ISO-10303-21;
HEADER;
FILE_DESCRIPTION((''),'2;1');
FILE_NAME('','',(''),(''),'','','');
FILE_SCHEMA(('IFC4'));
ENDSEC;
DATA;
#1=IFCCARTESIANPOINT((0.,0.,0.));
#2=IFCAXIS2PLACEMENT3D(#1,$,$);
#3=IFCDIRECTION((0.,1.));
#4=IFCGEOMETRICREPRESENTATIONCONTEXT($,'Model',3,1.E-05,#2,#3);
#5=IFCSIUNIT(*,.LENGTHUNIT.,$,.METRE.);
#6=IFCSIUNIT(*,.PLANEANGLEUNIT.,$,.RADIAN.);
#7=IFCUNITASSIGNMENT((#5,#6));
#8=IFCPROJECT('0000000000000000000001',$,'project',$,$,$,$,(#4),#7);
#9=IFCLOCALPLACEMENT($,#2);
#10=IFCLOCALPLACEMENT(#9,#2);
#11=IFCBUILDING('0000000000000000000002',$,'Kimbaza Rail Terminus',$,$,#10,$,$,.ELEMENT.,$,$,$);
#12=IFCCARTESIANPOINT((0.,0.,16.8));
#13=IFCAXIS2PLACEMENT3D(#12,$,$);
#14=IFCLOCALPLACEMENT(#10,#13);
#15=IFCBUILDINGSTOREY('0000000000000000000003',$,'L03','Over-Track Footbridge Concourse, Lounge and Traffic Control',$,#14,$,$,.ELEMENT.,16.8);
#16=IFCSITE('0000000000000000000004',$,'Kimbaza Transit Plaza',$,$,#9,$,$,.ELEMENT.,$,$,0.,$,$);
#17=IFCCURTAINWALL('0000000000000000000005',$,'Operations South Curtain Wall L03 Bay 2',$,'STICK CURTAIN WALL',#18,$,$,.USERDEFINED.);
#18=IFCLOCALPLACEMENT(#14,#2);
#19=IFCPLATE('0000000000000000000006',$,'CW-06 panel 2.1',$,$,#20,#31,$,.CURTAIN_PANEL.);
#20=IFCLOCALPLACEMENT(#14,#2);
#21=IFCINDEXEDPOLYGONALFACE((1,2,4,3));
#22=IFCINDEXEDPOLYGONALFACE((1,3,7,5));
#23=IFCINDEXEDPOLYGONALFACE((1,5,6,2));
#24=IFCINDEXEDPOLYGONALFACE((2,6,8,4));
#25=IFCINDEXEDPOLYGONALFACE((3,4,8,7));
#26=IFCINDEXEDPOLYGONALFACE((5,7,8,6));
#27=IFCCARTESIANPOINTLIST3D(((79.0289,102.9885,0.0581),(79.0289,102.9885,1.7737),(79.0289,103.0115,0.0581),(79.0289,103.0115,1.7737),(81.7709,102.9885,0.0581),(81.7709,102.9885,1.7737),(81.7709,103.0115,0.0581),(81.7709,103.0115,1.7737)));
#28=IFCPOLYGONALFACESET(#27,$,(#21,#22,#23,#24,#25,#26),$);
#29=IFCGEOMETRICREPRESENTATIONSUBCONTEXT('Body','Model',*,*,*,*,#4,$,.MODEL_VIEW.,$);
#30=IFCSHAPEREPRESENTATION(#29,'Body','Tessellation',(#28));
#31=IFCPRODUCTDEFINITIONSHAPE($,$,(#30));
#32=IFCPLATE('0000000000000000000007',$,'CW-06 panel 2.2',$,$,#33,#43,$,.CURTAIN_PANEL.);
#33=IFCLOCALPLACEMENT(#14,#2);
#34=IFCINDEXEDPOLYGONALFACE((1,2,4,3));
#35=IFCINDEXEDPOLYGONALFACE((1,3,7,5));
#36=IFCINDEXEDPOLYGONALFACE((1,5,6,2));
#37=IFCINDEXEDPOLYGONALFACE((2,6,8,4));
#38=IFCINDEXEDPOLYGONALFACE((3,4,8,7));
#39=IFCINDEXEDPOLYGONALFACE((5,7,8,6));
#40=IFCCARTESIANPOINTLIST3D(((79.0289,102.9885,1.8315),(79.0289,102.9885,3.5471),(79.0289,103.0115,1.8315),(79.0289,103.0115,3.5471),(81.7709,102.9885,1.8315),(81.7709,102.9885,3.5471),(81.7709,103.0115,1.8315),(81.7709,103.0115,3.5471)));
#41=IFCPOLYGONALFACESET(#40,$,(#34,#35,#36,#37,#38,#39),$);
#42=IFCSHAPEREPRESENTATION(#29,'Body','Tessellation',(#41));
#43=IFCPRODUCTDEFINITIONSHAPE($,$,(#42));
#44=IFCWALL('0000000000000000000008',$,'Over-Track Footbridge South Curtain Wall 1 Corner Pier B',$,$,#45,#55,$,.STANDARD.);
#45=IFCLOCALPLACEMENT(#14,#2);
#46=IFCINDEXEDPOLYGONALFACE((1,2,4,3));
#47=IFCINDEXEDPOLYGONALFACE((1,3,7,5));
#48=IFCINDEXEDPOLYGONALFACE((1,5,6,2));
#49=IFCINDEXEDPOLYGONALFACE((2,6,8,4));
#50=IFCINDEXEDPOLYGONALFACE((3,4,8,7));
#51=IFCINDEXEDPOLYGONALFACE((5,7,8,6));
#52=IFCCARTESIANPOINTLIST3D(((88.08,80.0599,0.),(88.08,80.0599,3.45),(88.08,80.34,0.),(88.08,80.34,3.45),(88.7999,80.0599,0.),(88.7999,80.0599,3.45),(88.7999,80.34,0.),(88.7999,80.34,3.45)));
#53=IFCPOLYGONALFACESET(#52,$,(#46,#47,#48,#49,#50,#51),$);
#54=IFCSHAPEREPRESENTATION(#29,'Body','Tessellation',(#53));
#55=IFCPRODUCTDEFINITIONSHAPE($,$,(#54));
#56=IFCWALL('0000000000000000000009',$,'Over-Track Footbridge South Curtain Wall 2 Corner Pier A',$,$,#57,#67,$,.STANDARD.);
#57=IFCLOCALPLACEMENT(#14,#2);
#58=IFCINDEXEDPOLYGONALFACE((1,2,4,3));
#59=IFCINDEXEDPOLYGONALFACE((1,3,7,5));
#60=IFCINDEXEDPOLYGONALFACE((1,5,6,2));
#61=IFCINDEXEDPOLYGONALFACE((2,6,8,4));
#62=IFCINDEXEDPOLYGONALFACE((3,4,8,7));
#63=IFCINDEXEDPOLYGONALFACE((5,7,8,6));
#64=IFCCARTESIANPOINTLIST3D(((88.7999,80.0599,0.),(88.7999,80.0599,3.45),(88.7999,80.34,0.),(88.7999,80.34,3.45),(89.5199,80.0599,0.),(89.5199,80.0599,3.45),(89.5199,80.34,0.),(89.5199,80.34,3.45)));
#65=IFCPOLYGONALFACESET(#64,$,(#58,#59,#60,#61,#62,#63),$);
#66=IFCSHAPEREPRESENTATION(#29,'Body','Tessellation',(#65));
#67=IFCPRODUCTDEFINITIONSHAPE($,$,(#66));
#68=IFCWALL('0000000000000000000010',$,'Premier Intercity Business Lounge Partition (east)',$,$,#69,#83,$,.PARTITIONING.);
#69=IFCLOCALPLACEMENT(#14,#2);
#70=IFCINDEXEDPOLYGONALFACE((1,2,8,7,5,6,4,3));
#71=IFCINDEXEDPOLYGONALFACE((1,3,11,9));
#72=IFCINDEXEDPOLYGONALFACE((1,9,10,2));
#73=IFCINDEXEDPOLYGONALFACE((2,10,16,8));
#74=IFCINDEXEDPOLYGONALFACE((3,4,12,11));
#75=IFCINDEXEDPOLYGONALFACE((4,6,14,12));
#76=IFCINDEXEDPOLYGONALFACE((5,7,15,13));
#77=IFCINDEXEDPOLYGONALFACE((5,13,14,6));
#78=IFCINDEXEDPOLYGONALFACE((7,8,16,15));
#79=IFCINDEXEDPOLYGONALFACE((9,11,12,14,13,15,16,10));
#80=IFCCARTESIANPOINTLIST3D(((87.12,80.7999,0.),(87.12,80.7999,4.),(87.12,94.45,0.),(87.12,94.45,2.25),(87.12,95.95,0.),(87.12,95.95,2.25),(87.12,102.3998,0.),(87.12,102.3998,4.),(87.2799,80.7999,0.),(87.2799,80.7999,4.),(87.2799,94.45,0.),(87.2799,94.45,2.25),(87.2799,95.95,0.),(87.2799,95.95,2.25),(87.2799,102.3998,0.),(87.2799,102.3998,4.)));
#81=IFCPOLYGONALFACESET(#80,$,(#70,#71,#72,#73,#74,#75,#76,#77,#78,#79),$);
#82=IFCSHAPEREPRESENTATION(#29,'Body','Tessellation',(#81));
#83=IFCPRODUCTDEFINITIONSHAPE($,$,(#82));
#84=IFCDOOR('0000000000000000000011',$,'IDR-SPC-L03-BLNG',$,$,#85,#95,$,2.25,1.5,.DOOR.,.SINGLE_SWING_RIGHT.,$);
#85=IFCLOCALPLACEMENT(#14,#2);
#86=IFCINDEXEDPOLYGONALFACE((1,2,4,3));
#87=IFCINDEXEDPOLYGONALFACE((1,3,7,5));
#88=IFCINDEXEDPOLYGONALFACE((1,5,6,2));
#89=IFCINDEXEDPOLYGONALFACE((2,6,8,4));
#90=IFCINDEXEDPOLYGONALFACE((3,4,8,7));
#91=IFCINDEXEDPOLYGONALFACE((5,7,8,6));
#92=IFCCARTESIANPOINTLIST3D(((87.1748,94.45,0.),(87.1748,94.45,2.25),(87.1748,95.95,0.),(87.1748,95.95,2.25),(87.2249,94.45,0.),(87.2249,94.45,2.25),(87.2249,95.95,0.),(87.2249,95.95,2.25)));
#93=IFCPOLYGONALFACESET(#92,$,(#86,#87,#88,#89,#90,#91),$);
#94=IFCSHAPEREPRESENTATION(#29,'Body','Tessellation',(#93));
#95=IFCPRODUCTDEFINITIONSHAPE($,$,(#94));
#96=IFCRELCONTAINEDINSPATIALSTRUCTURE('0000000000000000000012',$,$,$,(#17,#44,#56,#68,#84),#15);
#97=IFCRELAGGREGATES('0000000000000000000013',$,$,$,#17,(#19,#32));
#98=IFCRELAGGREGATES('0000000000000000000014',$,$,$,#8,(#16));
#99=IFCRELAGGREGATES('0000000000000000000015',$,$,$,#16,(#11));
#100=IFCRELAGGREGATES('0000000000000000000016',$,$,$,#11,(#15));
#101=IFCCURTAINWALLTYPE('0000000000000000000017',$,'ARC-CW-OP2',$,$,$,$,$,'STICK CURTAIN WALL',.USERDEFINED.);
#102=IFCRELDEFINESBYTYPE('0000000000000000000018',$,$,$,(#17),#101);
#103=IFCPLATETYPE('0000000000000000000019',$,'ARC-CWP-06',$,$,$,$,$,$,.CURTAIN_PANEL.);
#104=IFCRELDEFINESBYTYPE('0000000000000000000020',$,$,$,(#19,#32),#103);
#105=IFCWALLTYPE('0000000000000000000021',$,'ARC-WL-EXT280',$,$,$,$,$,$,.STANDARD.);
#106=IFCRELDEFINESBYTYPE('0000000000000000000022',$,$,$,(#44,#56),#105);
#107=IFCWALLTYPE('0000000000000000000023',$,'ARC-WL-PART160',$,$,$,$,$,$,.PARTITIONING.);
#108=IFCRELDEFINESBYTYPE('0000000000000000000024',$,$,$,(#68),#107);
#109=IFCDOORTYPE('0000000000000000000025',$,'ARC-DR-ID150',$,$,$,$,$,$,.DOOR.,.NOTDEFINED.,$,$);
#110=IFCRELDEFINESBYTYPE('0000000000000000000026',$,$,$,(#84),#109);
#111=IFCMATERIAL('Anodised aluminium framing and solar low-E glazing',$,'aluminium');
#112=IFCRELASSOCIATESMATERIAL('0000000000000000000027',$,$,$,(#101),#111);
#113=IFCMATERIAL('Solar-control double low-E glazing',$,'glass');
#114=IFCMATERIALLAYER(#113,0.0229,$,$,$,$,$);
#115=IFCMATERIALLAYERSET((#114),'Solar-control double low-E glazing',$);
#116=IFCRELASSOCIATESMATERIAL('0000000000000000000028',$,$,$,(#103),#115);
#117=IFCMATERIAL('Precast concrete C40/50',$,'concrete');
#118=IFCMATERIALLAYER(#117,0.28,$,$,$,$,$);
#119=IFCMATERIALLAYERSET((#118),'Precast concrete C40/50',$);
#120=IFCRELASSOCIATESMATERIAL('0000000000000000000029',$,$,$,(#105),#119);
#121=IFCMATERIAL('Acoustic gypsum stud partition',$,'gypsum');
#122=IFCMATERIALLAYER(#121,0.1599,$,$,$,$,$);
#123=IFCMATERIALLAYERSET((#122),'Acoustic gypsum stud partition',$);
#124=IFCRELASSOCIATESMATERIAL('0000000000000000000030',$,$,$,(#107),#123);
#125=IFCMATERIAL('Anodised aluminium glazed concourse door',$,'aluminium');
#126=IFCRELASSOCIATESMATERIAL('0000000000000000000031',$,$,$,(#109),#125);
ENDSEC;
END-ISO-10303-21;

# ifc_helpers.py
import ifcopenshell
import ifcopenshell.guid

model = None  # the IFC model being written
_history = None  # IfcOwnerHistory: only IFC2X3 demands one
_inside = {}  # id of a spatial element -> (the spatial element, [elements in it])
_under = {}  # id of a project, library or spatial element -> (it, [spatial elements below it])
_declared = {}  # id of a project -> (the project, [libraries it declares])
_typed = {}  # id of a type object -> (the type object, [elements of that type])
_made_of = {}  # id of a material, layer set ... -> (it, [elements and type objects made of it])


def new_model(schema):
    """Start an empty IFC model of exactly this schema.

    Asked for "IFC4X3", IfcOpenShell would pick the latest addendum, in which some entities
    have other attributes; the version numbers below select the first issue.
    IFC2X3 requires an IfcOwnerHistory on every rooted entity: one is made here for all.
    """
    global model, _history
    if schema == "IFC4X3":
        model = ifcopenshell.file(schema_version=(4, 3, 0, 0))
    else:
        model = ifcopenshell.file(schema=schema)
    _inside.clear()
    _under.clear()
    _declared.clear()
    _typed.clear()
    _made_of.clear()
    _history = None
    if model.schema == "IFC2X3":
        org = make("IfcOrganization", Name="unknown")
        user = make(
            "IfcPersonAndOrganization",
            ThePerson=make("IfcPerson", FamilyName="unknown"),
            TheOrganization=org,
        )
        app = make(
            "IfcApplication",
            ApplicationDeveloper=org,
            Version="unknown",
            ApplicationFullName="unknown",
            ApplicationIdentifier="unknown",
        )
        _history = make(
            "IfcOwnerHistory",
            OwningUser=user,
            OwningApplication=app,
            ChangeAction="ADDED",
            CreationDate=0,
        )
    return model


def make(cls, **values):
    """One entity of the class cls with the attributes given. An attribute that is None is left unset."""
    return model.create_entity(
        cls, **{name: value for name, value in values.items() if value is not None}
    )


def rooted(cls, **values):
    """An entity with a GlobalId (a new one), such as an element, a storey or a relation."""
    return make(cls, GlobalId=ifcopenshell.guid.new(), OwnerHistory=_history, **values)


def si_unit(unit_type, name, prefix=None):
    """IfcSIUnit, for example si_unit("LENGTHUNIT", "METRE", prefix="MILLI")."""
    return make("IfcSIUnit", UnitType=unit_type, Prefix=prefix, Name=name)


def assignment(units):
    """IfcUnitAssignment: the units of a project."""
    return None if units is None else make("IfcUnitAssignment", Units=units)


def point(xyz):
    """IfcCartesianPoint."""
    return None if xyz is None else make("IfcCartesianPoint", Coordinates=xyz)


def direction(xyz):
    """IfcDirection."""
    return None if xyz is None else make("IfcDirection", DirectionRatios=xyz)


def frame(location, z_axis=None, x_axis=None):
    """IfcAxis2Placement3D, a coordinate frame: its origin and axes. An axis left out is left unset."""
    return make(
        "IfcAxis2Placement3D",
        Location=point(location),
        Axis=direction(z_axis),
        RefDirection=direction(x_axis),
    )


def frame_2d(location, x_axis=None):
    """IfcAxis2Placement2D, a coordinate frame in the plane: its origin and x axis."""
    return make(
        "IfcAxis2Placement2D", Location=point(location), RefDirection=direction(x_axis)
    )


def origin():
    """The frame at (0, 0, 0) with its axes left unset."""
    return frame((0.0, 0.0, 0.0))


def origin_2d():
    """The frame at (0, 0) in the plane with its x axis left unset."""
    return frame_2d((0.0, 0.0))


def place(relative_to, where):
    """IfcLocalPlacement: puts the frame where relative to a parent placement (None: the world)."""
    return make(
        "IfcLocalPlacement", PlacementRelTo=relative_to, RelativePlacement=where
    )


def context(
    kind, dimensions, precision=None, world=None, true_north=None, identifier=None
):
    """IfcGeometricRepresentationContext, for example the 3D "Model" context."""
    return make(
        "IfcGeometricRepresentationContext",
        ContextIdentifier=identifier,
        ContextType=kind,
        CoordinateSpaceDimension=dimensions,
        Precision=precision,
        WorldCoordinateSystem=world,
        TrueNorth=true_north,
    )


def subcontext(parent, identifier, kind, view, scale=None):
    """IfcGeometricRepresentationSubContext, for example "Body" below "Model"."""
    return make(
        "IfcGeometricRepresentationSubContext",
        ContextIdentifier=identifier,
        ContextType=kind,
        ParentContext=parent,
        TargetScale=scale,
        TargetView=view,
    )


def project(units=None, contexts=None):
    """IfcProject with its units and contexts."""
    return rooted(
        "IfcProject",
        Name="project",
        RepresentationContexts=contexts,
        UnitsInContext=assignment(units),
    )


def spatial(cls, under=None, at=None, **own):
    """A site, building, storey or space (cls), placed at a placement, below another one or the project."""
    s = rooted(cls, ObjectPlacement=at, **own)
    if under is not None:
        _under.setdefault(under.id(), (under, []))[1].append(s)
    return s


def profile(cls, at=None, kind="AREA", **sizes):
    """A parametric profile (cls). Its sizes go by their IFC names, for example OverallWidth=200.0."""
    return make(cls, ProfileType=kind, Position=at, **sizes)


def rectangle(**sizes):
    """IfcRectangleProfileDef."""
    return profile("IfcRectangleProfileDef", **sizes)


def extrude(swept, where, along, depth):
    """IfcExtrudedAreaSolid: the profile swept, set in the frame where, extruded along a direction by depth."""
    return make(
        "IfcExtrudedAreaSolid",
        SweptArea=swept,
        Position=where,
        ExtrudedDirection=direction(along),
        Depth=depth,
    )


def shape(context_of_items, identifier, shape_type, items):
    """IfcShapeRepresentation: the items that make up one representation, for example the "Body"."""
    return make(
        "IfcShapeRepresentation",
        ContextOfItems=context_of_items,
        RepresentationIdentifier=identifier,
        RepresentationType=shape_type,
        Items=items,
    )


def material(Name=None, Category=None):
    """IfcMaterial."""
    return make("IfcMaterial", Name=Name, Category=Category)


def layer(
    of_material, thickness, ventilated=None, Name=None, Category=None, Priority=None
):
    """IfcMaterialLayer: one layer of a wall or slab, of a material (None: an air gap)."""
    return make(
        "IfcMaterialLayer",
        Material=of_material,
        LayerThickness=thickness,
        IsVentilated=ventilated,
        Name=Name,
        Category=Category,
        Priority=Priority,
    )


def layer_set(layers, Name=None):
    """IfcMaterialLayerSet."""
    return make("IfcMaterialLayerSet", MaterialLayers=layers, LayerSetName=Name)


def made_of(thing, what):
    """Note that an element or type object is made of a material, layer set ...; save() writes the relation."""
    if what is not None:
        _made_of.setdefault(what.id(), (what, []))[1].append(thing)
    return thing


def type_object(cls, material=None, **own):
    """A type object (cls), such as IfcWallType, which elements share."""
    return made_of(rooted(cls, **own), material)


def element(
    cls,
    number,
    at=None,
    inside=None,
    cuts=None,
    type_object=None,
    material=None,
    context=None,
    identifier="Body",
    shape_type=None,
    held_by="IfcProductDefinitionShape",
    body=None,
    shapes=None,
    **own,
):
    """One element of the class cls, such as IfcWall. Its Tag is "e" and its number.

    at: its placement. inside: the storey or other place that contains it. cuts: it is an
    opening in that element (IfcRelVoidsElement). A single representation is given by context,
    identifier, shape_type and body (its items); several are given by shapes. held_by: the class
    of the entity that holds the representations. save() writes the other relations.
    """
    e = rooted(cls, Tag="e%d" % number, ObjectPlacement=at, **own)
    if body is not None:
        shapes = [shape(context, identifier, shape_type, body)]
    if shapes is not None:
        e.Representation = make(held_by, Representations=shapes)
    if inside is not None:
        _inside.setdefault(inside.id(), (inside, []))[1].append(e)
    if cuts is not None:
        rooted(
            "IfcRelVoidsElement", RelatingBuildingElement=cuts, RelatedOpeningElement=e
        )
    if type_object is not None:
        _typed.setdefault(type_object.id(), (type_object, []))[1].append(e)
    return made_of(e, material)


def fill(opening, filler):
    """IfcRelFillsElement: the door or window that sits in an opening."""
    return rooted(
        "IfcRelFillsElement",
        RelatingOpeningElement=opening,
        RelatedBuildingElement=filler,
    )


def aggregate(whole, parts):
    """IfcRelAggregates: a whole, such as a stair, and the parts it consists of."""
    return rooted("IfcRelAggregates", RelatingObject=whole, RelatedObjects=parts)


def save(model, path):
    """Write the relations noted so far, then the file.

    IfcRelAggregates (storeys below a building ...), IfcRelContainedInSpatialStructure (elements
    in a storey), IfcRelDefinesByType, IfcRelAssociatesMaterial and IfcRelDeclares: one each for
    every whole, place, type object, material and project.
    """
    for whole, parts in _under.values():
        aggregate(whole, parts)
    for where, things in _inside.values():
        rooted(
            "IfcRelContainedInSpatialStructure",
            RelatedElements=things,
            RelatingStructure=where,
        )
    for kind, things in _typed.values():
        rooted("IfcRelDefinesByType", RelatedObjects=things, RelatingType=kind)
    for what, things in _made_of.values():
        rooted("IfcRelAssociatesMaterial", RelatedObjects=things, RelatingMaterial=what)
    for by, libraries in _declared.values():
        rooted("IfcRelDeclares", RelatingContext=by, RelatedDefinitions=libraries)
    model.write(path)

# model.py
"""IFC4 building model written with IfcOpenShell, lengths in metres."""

from ifc_helpers import new_model, si_unit, direction, frame, frame_2d, origin, origin_2d, place, context, subcontext, project, spatial, rectangle, extrude, material, layer, layer_set, type_object, element, fill, aggregate, save


model = new_model("IFC4")

# Units and contexts
model_context = context("Model", 3, precision=1e-05, world=origin(), true_north=direction((0.0, 1.0)))
body_context = subcontext(model_context, "Body", "Model", "MODEL_VIEW")
ifc_project = project(units=[si_unit("LENGTHUNIT", "METRE"), si_unit("PLANEANGLEUNIT", "RADIAN")], contexts=[model_context])

# Site, building, storey
site_placement = place(None, origin())
site = spatial("IfcSite", under=ifc_project, at=site_placement, Name="Kimbaza Transit Plaza", CompositionType="ELEMENT", RefElevation=0.0)
building_placement = place(site_placement, origin())
building = spatial("IfcBuilding", under=site, at=building_placement, Name="Kimbaza Rail Terminus", CompositionType="ELEMENT")
storey_placement = place(building_placement, frame((0.0, 0.0, 16.8)))
storey = spatial("IfcBuildingStorey", under=building, at=storey_placement, Name="L03", Description="Over-Track Footbridge Concourse, Lounge and Traffic Control", CompositionType="ELEMENT", Elevation=16.8)

# Curtain wall
ifc_material_1 = material(Name="Anodised aluminium framing and solar low-E glazing", Category="aluminium")
curtain_wall_type_1 = type_object("IfcCurtainWallType", Name="ARC-CW-OP2", ElementType="STICK CURTAIN WALL", PredefinedType="USERDEFINED", material=ifc_material_1)
curtain_wall_1_placement = place(storey_placement, origin())
curtain_wall_1 = element("IfcCurtainWall", 1, at=curtain_wall_1_placement, inside=storey, type_object=curtain_wall_type_1, Name="Operations South Curtain Wall L03 Bay 2", ObjectType="STICK CURTAIN WALL", PredefinedType="USERDEFINED")

# Plates
ifc_material_2 = material(Name="Solar-control double low-E glazing", Category="glass")
ifc_layer_1 = layer(ifc_material_2, 0.0229)
ifc_layer_set_1 = layer_set([ifc_layer_1], Name="Solar-control double low-E glazing")
plate_type_1 = type_object("IfcPlateType", Name="ARC-CWP-06", PredefinedType="CURTAIN_PANEL", material=ifc_layer_set_1)
plate_1_placement = place(storey_placement, frame((80.3999, 103.0, 0.0581), z_axis=(0.0, 0.0, 1.0), x_axis=(1.0, 0.0, 0.0)))
plate_1 = element("IfcPlate", 2, at=plate_1_placement, type_object=plate_type_1, Name="CW-06 panel 2.1", PredefinedType="CURTAIN_PANEL", context=body_context, shape_type="SweptSolid", body=[
    extrude(rectangle(XDim=2.7419, YDim=0.0229, at=origin_2d()), origin(), (0.0, 0.0, 1.0), 1.7156),
])
plate_2_placement = place(storey_placement, frame((80.3999, 103.0, 1.8315), z_axis=(0.0, 0.0, 1.0), x_axis=(1.0, 0.0, 0.0)))
plate_2 = element("IfcPlate", 3, at=plate_2_placement, type_object=plate_type_1, Name="CW-06 panel 2.2", PredefinedType="CURTAIN_PANEL", context=body_context, shape_type="SweptSolid", body=[
    extrude(rectangle(XDim=2.7419, YDim=0.0229, at=origin_2d()), origin(), (0.0, 0.0, 1.0), 1.7156),
])
aggregate(curtain_wall_1, [plate_1, plate_2])

# Walls
ifc_material_3 = material(Name="Precast concrete C40/50", Category="concrete")
ifc_layer_2 = layer(ifc_material_3, 0.28)
ifc_layer_set_2 = layer_set([ifc_layer_2], Name="Precast concrete C40/50")
wall_type_1 = type_object("IfcWallType", Name="ARC-WL-EXT280", PredefinedType="STANDARD", material=ifc_layer_set_2)
for number, where, z_axis, x_axis, name in (
    (4, (88.0801, 80.2, 0.0), (0.0, 0.0, 1.0), (1.0, 0.0, 0.0), "Over-Track Footbridge South Curtain Wall 1 Corner Pier B"),
    (5, (88.8, 80.2, 0.0), (0.0, 0.0, 1.0), (1.0, 0.0, 0.0), "Over-Track Footbridge South Curtain Wall 2 Corner Pier A"),
):
    element("IfcWall", number, at=place(storey_placement, frame(where, z_axis=z_axis, x_axis=x_axis)), inside=storey, type_object=wall_type_1, Name=name, PredefinedType="STANDARD", context=body_context, shape_type="SweptSolid", body=[
        extrude(rectangle(XDim=0.72, YDim=0.28, at=frame_2d((0.3599, 0.0))), origin(), (0.0, 0.0, 1.0), 3.45),
    ])

# Wall, opening, door
ifc_material_4 = material(Name="Acoustic gypsum stud partition", Category="gypsum")
ifc_layer_3 = layer(ifc_material_4, 0.1599)
ifc_layer_set_3 = layer_set([ifc_layer_3], Name="Acoustic gypsum stud partition")
wall_type_2 = type_object("IfcWallType", Name="ARC-WL-PART160", PredefinedType="PARTITIONING", material=ifc_layer_set_3)
wall_placement = place(storey_placement, frame((87.2, 80.8, 0.0), z_axis=(0.0, 0.0, 1.0), x_axis=(0.0, 1.0, 0.0)))
wall = element("IfcWall", 6, at=wall_placement, inside=storey, type_object=wall_type_2, Name="Premier Intercity Business Lounge Partition (east)", PredefinedType="PARTITIONING", context=body_context, shape_type="SweptSolid", body=[
    extrude(rectangle(XDim=21.5999, YDim=0.1599, at=frame_2d((10.7998, 0.0))), origin(), (0.0, 0.0, 1.0), 4.0),
])
opening_placement = place(wall_placement, frame((15.1499, 0.0, 0.0), z_axis=(0.0, 0.0, 1.0), x_axis=(-1.0, 0.0, 0.0)))
opening = element("IfcOpeningElement", 7, at=opening_placement, cuts=wall, PredefinedType="OPENING", context=body_context, shape_type="SweptSolid", body=[
    extrude(rectangle(XDim=1.5, YDim=2.25, at=frame_2d((0.75, 1.125))), frame((0.0, 0.0898, 0.0), z_axis=(0.0, -1.0, 0.0), x_axis=(1.0, 0.0, 0.0)), (0.0, 0.0, 1.0), 0.1799),
])
ifc_material_5 = material(Name="Anodised aluminium glazed concourse door", Category="aluminium")
door_type = type_object("IfcDoorType", Name="ARC-DR-ID150", OperationType="NOTDEFINED", PredefinedType="DOOR", material=ifc_material_5)
door_placement = place(opening_placement, origin())
door = element("IfcDoor", 8, at=door_placement, inside=storey, type_object=door_type, Name="IDR-SPC-L03-BLNG", OperationType="SINGLE_SWING_RIGHT", OverallHeight=2.25, OverallWidth=1.5, PredefinedType="DOOR", context=body_context, shape_type="SweptSolid", body=[
    extrude(rectangle(XDim=1.5, YDim=2.25, at=frame_2d((0.75, 1.125))), frame((0.0, 0.0249, 0.0), z_axis=(0.0, -1.0, 0.0), x_axis=(1.0, 0.0, 0.0)), (0.0, 0.0, 1.0), 0.05),
])
fill(opening, door)

save(model, "model.ifc")
